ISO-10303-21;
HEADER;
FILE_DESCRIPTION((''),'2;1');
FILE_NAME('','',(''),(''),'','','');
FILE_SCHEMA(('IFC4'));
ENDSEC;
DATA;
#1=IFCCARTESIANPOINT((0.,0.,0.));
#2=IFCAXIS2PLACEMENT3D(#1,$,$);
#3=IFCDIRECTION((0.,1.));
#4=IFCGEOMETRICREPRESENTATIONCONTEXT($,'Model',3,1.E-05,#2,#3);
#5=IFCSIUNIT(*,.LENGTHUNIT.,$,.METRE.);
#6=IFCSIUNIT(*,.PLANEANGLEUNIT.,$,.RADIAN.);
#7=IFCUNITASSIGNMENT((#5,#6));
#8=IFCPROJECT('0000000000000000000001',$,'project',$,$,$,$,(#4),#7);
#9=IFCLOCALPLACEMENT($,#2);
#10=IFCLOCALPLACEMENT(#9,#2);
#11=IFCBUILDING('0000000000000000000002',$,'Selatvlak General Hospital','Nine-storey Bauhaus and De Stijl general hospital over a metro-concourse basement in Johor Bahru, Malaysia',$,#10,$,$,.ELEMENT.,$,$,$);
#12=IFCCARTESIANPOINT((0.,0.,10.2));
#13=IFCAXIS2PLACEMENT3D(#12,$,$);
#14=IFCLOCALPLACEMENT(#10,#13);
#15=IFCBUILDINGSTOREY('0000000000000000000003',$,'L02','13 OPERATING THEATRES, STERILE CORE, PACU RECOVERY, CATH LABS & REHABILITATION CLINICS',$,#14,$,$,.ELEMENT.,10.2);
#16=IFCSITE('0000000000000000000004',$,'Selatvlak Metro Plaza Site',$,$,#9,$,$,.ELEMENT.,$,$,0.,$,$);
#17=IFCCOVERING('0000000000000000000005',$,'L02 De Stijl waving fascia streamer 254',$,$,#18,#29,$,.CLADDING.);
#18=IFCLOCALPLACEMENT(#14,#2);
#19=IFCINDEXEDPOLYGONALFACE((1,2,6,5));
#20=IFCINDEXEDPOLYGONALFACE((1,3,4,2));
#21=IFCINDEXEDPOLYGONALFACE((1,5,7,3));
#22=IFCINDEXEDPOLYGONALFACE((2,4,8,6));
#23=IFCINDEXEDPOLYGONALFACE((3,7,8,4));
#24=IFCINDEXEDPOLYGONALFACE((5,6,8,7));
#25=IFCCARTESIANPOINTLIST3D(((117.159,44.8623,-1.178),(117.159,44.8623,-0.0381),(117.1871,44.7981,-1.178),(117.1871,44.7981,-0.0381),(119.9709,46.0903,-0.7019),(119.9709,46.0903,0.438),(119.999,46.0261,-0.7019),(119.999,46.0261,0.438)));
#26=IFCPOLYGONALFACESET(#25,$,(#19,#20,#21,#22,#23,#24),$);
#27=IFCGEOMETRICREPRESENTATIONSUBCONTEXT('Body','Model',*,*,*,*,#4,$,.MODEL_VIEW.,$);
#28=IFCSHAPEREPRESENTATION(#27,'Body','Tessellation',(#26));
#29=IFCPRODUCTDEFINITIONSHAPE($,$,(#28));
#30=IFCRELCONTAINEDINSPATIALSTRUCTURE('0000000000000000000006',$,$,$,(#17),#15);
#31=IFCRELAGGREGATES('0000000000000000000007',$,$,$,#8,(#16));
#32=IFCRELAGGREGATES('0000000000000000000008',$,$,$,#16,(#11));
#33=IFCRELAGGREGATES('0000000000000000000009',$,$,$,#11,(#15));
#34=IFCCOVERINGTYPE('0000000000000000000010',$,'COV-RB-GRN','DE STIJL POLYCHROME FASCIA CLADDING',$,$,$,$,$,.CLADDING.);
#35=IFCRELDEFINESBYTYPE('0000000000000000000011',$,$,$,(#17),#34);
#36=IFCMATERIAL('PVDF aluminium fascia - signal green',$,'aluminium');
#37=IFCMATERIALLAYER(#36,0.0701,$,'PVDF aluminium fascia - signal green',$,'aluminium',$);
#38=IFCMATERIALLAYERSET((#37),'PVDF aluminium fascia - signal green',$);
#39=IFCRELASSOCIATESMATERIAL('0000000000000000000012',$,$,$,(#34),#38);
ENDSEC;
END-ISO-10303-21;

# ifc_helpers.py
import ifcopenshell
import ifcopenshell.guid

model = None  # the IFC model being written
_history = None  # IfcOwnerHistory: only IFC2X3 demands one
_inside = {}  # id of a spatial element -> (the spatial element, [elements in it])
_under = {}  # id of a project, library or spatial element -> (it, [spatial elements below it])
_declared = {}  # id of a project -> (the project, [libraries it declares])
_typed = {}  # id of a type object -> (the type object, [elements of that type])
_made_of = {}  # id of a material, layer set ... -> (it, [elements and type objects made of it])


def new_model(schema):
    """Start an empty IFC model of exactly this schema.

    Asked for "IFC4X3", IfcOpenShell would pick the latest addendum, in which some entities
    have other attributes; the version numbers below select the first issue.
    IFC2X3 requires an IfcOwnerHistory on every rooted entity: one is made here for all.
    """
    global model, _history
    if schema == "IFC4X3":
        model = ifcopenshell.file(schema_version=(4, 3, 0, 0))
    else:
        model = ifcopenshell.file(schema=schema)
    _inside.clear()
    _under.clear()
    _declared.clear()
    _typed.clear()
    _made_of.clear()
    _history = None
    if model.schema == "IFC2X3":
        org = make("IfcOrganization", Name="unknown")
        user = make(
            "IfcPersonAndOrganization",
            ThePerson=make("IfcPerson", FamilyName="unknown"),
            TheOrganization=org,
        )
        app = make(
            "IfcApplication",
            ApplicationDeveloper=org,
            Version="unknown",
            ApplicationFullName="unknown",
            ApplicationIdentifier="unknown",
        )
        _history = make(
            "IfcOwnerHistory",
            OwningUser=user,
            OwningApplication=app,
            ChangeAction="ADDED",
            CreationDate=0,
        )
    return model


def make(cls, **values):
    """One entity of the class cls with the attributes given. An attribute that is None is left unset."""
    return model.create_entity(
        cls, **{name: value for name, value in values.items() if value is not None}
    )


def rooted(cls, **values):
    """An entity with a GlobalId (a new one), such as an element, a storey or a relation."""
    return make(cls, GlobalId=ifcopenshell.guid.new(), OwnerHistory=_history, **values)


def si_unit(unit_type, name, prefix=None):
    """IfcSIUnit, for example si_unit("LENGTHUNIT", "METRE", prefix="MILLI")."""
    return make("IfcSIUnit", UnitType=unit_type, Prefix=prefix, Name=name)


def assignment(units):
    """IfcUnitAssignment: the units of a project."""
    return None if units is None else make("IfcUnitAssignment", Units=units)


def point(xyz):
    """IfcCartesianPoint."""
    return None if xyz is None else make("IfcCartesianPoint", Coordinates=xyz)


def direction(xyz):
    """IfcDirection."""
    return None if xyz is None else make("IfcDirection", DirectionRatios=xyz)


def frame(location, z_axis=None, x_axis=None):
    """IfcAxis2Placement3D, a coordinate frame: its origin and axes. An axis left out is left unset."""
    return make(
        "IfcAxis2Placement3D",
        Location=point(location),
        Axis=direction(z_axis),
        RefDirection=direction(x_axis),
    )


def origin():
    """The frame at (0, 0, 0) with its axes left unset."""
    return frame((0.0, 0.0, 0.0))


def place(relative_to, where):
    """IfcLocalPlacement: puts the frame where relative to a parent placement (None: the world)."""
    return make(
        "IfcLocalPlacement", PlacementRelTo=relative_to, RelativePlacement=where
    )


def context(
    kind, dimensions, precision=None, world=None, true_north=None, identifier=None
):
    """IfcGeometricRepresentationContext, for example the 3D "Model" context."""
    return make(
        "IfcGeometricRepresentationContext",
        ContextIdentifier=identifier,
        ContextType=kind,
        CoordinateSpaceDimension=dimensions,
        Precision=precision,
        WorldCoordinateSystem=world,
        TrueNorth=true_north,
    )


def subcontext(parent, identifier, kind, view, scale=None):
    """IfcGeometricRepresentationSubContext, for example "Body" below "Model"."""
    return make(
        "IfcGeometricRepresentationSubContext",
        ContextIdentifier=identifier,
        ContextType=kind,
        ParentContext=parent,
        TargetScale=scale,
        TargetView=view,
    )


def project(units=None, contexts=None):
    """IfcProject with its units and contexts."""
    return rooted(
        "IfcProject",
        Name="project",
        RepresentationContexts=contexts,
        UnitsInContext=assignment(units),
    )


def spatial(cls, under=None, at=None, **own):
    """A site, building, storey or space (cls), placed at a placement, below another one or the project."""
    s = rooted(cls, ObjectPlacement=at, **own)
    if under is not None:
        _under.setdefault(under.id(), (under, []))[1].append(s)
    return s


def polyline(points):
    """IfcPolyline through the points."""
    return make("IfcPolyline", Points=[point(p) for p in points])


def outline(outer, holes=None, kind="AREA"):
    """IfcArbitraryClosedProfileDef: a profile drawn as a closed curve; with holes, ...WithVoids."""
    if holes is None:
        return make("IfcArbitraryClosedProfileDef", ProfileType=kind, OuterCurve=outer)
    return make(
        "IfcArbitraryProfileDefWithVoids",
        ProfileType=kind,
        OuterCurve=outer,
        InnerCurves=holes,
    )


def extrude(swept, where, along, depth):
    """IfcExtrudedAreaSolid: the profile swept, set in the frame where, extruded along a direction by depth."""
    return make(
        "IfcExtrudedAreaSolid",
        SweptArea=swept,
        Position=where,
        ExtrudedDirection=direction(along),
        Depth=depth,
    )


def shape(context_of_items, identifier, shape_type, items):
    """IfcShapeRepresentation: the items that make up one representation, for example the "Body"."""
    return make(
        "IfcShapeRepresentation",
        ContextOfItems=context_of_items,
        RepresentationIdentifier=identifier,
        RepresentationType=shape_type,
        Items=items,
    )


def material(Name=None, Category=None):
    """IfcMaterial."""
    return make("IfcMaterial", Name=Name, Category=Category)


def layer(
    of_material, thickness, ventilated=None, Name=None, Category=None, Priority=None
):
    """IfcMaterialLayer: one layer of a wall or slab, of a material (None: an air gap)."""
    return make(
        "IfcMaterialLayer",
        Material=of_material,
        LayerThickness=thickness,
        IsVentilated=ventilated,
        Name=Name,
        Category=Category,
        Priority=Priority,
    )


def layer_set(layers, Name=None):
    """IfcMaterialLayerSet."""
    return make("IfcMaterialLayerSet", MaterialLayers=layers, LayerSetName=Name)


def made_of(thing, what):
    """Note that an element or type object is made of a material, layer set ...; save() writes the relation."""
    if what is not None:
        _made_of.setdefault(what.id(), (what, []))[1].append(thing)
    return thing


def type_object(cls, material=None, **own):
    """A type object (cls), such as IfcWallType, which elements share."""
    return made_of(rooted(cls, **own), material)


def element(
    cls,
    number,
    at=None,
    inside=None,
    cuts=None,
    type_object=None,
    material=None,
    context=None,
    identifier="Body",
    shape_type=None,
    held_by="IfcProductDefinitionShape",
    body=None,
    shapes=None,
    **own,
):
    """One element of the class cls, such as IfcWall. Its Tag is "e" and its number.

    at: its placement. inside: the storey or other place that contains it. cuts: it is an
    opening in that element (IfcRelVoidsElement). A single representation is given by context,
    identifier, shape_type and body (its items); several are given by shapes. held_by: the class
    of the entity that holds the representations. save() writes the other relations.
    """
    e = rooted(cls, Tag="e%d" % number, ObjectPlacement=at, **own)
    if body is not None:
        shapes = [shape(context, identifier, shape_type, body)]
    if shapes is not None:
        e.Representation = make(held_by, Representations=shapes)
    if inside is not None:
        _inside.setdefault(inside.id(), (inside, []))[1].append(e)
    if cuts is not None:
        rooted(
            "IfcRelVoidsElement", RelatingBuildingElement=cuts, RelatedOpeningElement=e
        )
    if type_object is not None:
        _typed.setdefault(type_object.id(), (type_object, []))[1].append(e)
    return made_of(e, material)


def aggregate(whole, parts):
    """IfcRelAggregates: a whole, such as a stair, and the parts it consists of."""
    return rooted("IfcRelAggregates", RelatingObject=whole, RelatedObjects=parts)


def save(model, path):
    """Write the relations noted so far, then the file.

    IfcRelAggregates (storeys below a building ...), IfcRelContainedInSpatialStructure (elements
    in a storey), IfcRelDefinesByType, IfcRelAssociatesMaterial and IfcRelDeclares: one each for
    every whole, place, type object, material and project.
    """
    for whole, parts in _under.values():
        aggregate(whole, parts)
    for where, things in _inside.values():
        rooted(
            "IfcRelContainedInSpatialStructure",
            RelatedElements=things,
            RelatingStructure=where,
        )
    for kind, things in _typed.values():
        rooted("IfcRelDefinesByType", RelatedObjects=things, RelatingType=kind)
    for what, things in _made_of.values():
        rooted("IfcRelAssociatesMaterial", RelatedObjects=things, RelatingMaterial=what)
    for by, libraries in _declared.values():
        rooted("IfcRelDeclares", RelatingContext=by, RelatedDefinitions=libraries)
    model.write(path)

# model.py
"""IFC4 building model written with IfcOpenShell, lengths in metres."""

from ifc_helpers import new_model, si_unit, direction, frame, origin, place, context, subcontext, project, spatial, polyline, outline, extrude, material, layer, layer_set, type_object, element, save


model = new_model("IFC4")

# Units and contexts
model_context = context("Model", 3, precision=1e-05, world=origin(), true_north=direction((0.0, 1.0)))
body_context = subcontext(model_context, "Body", "Model", "MODEL_VIEW")
ifc_project = project(units=[si_unit("LENGTHUNIT", "METRE"), si_unit("PLANEANGLEUNIT", "RADIAN")], contexts=[model_context])

# Site, building, storey
site_placement = place(None, origin())
site = spatial("IfcSite", under=ifc_project, at=site_placement, Name="Selatvlak Metro Plaza Site", CompositionType="ELEMENT", RefElevation=0.0)
building_placement = place(site_placement, origin())
building = spatial("IfcBuilding", under=site, at=building_placement, Name="Selatvlak General Hospital", Description="Nine-storey Bauhaus and De Stijl general hospital over a metro-concourse basement in Johor Bahru, Malaysia", CompositionType="ELEMENT")
storey_placement = place(building_placement, frame((0.0, 0.0, 10.2)))
storey = spatial("IfcBuildingStorey", under=building, at=storey_placement, Name="L02", Description="13 OPERATING THEATRES, STERILE CORE, PACU RECOVERY, CATH LABS & REHABILITATION CLINICS", CompositionType="ELEMENT", Elevation=10.2)

# Covering
ifc_material_1 = material(Name="PVDF aluminium fascia - signal green", Category="aluminium")
ifc_layer_1 = layer(ifc_material_1, 0.0701, Name="PVDF aluminium fascia - signal green", Category="aluminium")
ifc_layer_set_1 = layer_set([ifc_layer_1], Name="PVDF aluminium fascia - signal green")
covering_type = type_object("IfcCoveringType", Name="COV-RB-GRN", Description="DE STIJL POLYCHROME FASCIA CLADDING", PredefinedType="CLADDING", material=ifc_layer_set_1)
covering_1_placement = place(storey_placement, frame((117.1731, 44.8301, -1.178), z_axis=(0.0, 0.0, 1.0), x_axis=(0.916424, 0.400209, 0.0)))
element("IfcCovering", 1, at=covering_1_placement, inside=storey, type_object=covering_type, Name="L02 De Stijl waving fascia streamer 254", PredefinedType="CLADDING", context=body_context, shape_type="SweptSolid", body=[
    extrude(outline(polyline([(0.0, 0.0), (3.0684, 0.4761), (3.0684, 1.616), (0.0, 1.1399), (0.0, 0.0)])), frame((0.0, 0.0352, 0.0), z_axis=(0.0, -1.0, 0.0), x_axis=(1.0, 0.0, 0.0)), (0.0, 0.0, 1.0), 0.0701),
])

save(model, "model.ifc")
